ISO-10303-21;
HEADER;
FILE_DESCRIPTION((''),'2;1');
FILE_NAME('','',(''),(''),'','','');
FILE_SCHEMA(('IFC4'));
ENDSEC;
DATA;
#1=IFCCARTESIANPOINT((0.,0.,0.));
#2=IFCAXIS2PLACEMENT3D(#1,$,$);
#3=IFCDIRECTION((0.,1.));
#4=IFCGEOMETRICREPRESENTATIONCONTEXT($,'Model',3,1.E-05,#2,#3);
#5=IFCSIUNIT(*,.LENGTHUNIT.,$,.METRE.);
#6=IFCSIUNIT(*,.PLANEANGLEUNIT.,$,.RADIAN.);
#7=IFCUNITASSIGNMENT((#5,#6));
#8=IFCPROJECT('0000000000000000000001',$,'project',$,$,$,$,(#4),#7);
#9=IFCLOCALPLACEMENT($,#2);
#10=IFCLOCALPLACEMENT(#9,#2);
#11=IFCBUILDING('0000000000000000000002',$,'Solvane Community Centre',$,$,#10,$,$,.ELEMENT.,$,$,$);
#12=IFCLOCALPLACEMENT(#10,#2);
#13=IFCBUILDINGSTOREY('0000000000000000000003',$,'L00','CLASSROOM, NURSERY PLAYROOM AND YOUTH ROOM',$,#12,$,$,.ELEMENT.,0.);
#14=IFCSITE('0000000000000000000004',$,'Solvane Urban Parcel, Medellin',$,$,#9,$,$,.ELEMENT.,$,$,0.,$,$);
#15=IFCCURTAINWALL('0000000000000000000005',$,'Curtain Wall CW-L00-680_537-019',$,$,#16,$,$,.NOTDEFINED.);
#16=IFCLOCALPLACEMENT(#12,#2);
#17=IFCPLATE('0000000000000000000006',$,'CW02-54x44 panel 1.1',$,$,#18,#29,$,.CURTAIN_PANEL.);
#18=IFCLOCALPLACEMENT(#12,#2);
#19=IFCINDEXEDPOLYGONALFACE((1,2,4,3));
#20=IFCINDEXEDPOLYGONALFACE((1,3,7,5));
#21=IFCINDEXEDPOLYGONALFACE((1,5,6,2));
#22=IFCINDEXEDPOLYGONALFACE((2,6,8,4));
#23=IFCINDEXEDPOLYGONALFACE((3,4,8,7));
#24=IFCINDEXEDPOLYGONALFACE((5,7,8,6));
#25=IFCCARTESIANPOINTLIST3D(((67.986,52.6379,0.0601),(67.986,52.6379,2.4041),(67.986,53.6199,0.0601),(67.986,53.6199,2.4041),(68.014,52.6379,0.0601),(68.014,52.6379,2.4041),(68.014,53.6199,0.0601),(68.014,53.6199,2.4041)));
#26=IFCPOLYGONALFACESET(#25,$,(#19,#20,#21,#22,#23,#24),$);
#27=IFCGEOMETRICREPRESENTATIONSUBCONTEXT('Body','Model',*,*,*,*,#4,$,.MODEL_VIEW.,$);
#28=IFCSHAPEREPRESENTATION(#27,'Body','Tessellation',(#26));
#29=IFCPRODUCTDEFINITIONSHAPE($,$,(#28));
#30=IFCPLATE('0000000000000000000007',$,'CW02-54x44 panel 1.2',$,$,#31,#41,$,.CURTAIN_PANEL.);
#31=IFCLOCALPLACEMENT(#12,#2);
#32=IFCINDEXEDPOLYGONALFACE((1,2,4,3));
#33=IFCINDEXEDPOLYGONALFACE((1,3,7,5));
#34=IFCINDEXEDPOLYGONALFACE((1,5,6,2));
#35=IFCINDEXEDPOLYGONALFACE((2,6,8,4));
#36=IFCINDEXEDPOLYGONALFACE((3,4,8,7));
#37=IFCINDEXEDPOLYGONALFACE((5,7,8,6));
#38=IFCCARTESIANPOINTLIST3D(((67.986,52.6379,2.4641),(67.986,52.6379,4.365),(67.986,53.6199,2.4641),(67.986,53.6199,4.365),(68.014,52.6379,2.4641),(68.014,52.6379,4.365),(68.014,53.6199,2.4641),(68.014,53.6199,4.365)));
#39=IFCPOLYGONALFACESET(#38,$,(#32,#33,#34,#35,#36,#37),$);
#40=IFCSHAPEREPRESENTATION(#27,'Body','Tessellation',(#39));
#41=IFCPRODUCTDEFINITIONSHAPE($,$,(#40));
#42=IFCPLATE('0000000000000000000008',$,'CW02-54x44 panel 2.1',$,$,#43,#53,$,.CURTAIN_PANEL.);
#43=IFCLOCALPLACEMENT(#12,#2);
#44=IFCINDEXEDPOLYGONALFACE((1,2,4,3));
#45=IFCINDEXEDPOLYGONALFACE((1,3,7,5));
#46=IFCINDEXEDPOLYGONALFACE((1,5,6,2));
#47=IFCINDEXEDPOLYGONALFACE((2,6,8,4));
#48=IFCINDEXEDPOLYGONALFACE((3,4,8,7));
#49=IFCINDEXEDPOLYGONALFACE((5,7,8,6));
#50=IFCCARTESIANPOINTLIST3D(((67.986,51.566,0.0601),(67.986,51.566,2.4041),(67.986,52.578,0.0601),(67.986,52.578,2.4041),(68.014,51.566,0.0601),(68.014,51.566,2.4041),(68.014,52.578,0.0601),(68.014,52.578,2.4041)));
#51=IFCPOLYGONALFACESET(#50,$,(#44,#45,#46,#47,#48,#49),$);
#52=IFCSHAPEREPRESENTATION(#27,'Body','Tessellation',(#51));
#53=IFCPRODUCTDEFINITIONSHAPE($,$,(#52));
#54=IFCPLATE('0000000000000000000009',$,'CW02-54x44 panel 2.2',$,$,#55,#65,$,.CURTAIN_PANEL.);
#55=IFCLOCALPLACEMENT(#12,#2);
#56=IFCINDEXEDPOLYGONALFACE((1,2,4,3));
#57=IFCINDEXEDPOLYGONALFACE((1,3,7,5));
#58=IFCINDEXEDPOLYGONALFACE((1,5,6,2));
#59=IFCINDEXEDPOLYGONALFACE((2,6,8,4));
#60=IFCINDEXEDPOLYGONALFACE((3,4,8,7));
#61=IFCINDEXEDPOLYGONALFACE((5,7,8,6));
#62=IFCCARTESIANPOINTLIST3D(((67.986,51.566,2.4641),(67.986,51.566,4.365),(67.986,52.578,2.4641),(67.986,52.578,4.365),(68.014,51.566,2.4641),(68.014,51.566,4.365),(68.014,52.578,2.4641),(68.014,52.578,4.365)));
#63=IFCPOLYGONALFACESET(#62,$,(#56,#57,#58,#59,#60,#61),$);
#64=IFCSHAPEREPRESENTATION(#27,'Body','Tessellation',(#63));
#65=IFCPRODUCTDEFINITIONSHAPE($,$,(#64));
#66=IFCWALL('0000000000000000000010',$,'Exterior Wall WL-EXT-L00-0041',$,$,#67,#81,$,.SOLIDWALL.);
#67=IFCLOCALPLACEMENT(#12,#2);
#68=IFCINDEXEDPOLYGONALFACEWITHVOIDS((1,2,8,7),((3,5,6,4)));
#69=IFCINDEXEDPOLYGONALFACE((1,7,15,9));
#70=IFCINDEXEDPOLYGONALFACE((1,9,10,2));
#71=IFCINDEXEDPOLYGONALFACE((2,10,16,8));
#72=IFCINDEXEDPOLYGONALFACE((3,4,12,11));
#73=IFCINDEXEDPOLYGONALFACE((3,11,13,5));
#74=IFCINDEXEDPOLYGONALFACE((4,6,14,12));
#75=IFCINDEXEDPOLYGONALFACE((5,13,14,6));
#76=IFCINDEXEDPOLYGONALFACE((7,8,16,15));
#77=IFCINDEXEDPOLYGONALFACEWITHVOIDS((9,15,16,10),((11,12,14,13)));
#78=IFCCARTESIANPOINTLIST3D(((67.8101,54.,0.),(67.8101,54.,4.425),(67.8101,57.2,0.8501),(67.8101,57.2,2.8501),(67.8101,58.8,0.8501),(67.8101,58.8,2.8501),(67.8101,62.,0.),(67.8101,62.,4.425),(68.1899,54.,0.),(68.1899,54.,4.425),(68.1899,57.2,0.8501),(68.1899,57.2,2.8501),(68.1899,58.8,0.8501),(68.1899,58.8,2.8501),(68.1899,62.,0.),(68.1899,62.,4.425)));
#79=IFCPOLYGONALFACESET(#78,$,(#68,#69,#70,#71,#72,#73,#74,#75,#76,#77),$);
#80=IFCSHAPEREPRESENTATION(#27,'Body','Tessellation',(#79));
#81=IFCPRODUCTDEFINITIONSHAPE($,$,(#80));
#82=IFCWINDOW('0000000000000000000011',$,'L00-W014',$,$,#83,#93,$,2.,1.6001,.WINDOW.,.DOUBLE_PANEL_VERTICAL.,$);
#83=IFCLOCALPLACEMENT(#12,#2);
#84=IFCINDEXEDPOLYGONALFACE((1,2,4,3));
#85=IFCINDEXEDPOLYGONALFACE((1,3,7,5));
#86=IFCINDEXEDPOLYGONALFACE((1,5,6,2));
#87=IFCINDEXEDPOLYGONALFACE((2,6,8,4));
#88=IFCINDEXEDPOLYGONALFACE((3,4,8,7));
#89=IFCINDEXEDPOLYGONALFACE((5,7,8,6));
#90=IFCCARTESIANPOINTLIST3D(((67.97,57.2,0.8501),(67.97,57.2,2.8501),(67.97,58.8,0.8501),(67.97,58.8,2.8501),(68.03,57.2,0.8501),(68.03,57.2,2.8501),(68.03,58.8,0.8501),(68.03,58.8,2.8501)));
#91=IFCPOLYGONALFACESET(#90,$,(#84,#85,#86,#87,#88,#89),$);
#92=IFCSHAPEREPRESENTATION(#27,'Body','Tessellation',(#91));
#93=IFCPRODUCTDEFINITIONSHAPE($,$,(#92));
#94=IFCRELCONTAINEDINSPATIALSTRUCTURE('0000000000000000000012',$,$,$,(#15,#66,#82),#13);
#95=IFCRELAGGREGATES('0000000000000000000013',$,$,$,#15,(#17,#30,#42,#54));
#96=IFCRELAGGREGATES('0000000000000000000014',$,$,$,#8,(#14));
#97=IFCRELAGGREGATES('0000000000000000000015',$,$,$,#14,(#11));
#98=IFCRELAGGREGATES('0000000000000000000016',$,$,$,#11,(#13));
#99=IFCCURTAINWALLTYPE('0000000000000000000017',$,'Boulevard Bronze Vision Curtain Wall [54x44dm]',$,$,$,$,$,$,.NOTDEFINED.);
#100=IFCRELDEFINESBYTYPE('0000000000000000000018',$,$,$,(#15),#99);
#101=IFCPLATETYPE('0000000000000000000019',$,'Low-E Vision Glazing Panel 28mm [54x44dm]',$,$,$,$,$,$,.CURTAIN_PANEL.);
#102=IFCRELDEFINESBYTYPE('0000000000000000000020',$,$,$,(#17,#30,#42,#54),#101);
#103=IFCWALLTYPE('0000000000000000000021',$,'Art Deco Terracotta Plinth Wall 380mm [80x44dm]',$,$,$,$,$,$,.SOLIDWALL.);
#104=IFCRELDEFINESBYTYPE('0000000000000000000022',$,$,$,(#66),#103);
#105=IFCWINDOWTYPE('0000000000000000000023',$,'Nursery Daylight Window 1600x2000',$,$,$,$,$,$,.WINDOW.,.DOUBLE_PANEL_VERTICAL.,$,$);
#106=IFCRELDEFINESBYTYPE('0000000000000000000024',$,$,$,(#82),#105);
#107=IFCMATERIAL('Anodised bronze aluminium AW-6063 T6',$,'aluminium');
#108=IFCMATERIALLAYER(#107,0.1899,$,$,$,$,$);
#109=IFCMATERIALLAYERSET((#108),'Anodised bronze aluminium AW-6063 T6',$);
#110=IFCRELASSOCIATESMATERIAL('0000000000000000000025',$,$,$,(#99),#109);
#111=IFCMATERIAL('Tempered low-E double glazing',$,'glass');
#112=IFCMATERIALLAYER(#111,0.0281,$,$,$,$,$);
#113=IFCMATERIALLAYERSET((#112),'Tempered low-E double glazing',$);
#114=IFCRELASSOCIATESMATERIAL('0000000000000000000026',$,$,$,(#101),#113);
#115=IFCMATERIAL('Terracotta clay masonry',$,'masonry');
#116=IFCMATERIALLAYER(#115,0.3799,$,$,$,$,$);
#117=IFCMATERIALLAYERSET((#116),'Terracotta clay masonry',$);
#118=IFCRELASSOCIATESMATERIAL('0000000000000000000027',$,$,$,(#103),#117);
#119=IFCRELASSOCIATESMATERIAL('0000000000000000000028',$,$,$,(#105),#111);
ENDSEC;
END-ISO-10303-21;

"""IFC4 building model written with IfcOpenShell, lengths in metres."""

from ifc_helpers import new_model, si_unit, direction, frame, frame_2d, origin, origin_2d, place, context, subcontext, project, spatial, rectangle, extrude, material, layer, layer_set, type_object, element, fill, aggregate, save


model = new_model("IFC4")

# Units and contexts
model_context = context("Model", 3, precision=1e-05, world=origin(), true_north=direction((0.0, 1.0)))
body_context = subcontext(model_context, "Body", "Model", "MODEL_VIEW")
ifc_project = project(units=[si_unit("LENGTHUNIT", "METRE"), si_unit("PLANEANGLEUNIT", "RADIAN")], contexts=[model_context])

# Site, building, storey
site_placement = place(None, origin())
site = spatial("IfcSite", under=ifc_project, at=site_placement, Name="Solvane Urban Parcel, Medellin", CompositionType="ELEMENT", RefElevation=0.0)
building_placement = place(site_placement, origin())
building = spatial("IfcBuilding", under=site, at=building_placement, Name="Solvane Community Centre", CompositionType="ELEMENT")
storey_placement = place(building_placement, origin())
storey = spatial("IfcBuildingStorey", under=building, at=storey_placement, Name="L00", Description="CLASSROOM, NURSERY PLAYROOM AND YOUTH ROOM", CompositionType="ELEMENT", Elevation=0.0)

# Shared definitions
ifc_material_1 = material(Name="Anodised bronze aluminium AW-6063 T6", Category="aluminium")

# Curtain wall
ifc_layer_1 = layer(ifc_material_1, 0.1899)
ifc_layer_set_1 = layer_set([ifc_layer_1], Name="Anodised bronze aluminium AW-6063 T6")
curtain_wall_type_1 = type_object("IfcCurtainWallType", Name="Boulevard Bronze Vision Curtain Wall [54x44dm]", PredefinedType="NOTDEFINED", material=ifc_layer_set_1)
curtain_wall_1_placement = place(storey_placement, origin())
curtain_wall_1 = element("IfcCurtainWall", 1, at=curtain_wall_1_placement, inside=storey, type_object=curtain_wall_type_1, Name="Curtain Wall CW-L00-680_537-019", PredefinedType="NOTDEFINED")

# Plates
ifc_material_2 = material(Name="Tempered low-E double glazing", Category="glass")
ifc_layer_2 = layer(ifc_material_2, 0.0281)
ifc_layer_set_2 = layer_set([ifc_layer_2], Name="Tempered low-E double glazing")
plate_type_1 = type_object("IfcPlateType", Name="Low-E Vision Glazing Panel 28mm [54x44dm]", PredefinedType="CURTAIN_PANEL", material=ifc_layer_set_2)
plate_1_placement = place(storey_placement, frame((68.0, 53.1289, 0.0601), z_axis=(0.0, 0.0, 1.0), x_axis=(0.0, -1.0, 0.0)))
plate_1 = element("IfcPlate", 2, at=plate_1_placement, type_object=plate_type_1, Name="CW02-54x44 panel 1.1", PredefinedType="CURTAIN_PANEL", context=body_context, shape_type="SweptSolid", body=[
    extrude(rectangle(XDim=0.9819, YDim=0.0281, at=origin_2d()), origin(), (0.0, 0.0, 1.0), 2.344),
])
plate_2_placement = place(storey_placement, frame((68.0, 53.1289, 2.4641), z_axis=(0.0, 0.0, 1.0), x_axis=(0.0, -1.0, 0.0)))
plate_2 = element("IfcPlate", 3, at=plate_2_placement, type_object=plate_type_1, Name="CW02-54x44 panel 1.2", PredefinedType="CURTAIN_PANEL", context=body_context, shape_type="SweptSolid", body=[
    extrude(rectangle(XDim=0.9819, YDim=0.0281, at=origin_2d()), origin(), (0.0, 0.0, 1.0), 1.9009),
])
plate_3_placement = place(storey_placement, frame((68.0, 52.072, 0.0601), z_axis=(0.0, 0.0, 1.0), x_axis=(0.0, -1.0, 0.0)))
plate_3 = element("IfcPlate", 4, at=plate_3_placement, type_object=plate_type_1, Name="CW02-54x44 panel 2.1", PredefinedType="CURTAIN_PANEL", context=body_context, shape_type="SweptSolid", body=[
    extrude(rectangle(XDim=1.012, YDim=0.0281, at=origin_2d()), origin(), (0.0, 0.0, 1.0), 2.344),
])
plate_4_placement = place(storey_placement, frame((68.0, 52.072, 2.4641), z_axis=(0.0, 0.0, 1.0), x_axis=(0.0, -1.0, 0.0)))
plate_4 = element("IfcPlate", 5, at=plate_4_placement, type_object=plate_type_1, Name="CW02-54x44 panel 2.2", PredefinedType="CURTAIN_PANEL", context=body_context, shape_type="SweptSolid", body=[
    extrude(rectangle(XDim=1.012, YDim=0.0281, at=origin_2d()), origin(), (0.0, 0.0, 1.0), 1.9009),
])
aggregate(curtain_wall_1, [plate_1, plate_2, plate_3, plate_4])

# Wall, opening, window
ifc_material_3 = material(Name="Terracotta clay masonry", Category="masonry")
ifc_layer_3 = layer(ifc_material_3, 0.3799)
ifc_layer_set_3 = layer_set([ifc_layer_3], Name="Terracotta clay masonry")
wall_type = type_object("IfcWallType", Name="Art Deco Terracotta Plinth Wall 380mm [80x44dm]", PredefinedType="SOLIDWALL", material=ifc_layer_set_3)
wall_placement = place(storey_placement, frame((68.0, 62.0, 0.0), z_axis=(0.0, 0.0, 1.0), x_axis=(0.0, -1.0, 0.0)))
wall = element("IfcWall", 6, at=wall_placement, inside=storey, type_object=wall_type, Name="Exterior Wall WL-EXT-L00-0041", PredefinedType="SOLIDWALL", context=body_context, shape_type="SweptSolid", body=[
    extrude(rectangle(XDim=8.0, YDim=0.3799, at=frame_2d((4.0, 0.0))), origin(), (0.0, 0.0, 1.0), 4.425),
])
opening_placement = place(wall_placement, frame((3.2, 0.0, 0.8501)))
opening = element("IfcOpeningElement", 7, at=opening_placement, cuts=wall, PredefinedType="OPENING", context=body_context, shape_type="SweptSolid", body=[
    extrude(rectangle(XDim=1.6001, YDim=2.0, at=frame_2d((0.8, 1.0))), frame((0.0, 0.2, 0.0), z_axis=(0.0, -1.0, 0.0), x_axis=(1.0, 0.0, 0.0)), (0.0, 0.0, 1.0), 0.3999),
])
window_type = type_object("IfcWindowType", Name="Nursery Daylight Window 1600x2000", PartitioningType="DOUBLE_PANEL_VERTICAL", PredefinedType="WINDOW", material=ifc_material_2)
window_placement = place(opening_placement, origin())
window = element("IfcWindow", 8, at=window_placement, inside=storey, type_object=window_type, Name="L00-W014", OverallHeight=2.0, OverallWidth=1.6001, PartitioningType="DOUBLE_PANEL_VERTICAL", PredefinedType="WINDOW", context=body_context, shape_type="SweptSolid", body=[
    extrude(rectangle(XDim=1.6001, YDim=2.0, at=frame_2d((0.8, 1.0))), frame((0.0, 0.03, 0.0), z_axis=(0.0, -1.0, 0.0), x_axis=(1.0, 0.0, 0.0)), (0.0, 0.0, 1.0), 0.0601),
])
fill(opening, window)

save(model, "model.ifc")
